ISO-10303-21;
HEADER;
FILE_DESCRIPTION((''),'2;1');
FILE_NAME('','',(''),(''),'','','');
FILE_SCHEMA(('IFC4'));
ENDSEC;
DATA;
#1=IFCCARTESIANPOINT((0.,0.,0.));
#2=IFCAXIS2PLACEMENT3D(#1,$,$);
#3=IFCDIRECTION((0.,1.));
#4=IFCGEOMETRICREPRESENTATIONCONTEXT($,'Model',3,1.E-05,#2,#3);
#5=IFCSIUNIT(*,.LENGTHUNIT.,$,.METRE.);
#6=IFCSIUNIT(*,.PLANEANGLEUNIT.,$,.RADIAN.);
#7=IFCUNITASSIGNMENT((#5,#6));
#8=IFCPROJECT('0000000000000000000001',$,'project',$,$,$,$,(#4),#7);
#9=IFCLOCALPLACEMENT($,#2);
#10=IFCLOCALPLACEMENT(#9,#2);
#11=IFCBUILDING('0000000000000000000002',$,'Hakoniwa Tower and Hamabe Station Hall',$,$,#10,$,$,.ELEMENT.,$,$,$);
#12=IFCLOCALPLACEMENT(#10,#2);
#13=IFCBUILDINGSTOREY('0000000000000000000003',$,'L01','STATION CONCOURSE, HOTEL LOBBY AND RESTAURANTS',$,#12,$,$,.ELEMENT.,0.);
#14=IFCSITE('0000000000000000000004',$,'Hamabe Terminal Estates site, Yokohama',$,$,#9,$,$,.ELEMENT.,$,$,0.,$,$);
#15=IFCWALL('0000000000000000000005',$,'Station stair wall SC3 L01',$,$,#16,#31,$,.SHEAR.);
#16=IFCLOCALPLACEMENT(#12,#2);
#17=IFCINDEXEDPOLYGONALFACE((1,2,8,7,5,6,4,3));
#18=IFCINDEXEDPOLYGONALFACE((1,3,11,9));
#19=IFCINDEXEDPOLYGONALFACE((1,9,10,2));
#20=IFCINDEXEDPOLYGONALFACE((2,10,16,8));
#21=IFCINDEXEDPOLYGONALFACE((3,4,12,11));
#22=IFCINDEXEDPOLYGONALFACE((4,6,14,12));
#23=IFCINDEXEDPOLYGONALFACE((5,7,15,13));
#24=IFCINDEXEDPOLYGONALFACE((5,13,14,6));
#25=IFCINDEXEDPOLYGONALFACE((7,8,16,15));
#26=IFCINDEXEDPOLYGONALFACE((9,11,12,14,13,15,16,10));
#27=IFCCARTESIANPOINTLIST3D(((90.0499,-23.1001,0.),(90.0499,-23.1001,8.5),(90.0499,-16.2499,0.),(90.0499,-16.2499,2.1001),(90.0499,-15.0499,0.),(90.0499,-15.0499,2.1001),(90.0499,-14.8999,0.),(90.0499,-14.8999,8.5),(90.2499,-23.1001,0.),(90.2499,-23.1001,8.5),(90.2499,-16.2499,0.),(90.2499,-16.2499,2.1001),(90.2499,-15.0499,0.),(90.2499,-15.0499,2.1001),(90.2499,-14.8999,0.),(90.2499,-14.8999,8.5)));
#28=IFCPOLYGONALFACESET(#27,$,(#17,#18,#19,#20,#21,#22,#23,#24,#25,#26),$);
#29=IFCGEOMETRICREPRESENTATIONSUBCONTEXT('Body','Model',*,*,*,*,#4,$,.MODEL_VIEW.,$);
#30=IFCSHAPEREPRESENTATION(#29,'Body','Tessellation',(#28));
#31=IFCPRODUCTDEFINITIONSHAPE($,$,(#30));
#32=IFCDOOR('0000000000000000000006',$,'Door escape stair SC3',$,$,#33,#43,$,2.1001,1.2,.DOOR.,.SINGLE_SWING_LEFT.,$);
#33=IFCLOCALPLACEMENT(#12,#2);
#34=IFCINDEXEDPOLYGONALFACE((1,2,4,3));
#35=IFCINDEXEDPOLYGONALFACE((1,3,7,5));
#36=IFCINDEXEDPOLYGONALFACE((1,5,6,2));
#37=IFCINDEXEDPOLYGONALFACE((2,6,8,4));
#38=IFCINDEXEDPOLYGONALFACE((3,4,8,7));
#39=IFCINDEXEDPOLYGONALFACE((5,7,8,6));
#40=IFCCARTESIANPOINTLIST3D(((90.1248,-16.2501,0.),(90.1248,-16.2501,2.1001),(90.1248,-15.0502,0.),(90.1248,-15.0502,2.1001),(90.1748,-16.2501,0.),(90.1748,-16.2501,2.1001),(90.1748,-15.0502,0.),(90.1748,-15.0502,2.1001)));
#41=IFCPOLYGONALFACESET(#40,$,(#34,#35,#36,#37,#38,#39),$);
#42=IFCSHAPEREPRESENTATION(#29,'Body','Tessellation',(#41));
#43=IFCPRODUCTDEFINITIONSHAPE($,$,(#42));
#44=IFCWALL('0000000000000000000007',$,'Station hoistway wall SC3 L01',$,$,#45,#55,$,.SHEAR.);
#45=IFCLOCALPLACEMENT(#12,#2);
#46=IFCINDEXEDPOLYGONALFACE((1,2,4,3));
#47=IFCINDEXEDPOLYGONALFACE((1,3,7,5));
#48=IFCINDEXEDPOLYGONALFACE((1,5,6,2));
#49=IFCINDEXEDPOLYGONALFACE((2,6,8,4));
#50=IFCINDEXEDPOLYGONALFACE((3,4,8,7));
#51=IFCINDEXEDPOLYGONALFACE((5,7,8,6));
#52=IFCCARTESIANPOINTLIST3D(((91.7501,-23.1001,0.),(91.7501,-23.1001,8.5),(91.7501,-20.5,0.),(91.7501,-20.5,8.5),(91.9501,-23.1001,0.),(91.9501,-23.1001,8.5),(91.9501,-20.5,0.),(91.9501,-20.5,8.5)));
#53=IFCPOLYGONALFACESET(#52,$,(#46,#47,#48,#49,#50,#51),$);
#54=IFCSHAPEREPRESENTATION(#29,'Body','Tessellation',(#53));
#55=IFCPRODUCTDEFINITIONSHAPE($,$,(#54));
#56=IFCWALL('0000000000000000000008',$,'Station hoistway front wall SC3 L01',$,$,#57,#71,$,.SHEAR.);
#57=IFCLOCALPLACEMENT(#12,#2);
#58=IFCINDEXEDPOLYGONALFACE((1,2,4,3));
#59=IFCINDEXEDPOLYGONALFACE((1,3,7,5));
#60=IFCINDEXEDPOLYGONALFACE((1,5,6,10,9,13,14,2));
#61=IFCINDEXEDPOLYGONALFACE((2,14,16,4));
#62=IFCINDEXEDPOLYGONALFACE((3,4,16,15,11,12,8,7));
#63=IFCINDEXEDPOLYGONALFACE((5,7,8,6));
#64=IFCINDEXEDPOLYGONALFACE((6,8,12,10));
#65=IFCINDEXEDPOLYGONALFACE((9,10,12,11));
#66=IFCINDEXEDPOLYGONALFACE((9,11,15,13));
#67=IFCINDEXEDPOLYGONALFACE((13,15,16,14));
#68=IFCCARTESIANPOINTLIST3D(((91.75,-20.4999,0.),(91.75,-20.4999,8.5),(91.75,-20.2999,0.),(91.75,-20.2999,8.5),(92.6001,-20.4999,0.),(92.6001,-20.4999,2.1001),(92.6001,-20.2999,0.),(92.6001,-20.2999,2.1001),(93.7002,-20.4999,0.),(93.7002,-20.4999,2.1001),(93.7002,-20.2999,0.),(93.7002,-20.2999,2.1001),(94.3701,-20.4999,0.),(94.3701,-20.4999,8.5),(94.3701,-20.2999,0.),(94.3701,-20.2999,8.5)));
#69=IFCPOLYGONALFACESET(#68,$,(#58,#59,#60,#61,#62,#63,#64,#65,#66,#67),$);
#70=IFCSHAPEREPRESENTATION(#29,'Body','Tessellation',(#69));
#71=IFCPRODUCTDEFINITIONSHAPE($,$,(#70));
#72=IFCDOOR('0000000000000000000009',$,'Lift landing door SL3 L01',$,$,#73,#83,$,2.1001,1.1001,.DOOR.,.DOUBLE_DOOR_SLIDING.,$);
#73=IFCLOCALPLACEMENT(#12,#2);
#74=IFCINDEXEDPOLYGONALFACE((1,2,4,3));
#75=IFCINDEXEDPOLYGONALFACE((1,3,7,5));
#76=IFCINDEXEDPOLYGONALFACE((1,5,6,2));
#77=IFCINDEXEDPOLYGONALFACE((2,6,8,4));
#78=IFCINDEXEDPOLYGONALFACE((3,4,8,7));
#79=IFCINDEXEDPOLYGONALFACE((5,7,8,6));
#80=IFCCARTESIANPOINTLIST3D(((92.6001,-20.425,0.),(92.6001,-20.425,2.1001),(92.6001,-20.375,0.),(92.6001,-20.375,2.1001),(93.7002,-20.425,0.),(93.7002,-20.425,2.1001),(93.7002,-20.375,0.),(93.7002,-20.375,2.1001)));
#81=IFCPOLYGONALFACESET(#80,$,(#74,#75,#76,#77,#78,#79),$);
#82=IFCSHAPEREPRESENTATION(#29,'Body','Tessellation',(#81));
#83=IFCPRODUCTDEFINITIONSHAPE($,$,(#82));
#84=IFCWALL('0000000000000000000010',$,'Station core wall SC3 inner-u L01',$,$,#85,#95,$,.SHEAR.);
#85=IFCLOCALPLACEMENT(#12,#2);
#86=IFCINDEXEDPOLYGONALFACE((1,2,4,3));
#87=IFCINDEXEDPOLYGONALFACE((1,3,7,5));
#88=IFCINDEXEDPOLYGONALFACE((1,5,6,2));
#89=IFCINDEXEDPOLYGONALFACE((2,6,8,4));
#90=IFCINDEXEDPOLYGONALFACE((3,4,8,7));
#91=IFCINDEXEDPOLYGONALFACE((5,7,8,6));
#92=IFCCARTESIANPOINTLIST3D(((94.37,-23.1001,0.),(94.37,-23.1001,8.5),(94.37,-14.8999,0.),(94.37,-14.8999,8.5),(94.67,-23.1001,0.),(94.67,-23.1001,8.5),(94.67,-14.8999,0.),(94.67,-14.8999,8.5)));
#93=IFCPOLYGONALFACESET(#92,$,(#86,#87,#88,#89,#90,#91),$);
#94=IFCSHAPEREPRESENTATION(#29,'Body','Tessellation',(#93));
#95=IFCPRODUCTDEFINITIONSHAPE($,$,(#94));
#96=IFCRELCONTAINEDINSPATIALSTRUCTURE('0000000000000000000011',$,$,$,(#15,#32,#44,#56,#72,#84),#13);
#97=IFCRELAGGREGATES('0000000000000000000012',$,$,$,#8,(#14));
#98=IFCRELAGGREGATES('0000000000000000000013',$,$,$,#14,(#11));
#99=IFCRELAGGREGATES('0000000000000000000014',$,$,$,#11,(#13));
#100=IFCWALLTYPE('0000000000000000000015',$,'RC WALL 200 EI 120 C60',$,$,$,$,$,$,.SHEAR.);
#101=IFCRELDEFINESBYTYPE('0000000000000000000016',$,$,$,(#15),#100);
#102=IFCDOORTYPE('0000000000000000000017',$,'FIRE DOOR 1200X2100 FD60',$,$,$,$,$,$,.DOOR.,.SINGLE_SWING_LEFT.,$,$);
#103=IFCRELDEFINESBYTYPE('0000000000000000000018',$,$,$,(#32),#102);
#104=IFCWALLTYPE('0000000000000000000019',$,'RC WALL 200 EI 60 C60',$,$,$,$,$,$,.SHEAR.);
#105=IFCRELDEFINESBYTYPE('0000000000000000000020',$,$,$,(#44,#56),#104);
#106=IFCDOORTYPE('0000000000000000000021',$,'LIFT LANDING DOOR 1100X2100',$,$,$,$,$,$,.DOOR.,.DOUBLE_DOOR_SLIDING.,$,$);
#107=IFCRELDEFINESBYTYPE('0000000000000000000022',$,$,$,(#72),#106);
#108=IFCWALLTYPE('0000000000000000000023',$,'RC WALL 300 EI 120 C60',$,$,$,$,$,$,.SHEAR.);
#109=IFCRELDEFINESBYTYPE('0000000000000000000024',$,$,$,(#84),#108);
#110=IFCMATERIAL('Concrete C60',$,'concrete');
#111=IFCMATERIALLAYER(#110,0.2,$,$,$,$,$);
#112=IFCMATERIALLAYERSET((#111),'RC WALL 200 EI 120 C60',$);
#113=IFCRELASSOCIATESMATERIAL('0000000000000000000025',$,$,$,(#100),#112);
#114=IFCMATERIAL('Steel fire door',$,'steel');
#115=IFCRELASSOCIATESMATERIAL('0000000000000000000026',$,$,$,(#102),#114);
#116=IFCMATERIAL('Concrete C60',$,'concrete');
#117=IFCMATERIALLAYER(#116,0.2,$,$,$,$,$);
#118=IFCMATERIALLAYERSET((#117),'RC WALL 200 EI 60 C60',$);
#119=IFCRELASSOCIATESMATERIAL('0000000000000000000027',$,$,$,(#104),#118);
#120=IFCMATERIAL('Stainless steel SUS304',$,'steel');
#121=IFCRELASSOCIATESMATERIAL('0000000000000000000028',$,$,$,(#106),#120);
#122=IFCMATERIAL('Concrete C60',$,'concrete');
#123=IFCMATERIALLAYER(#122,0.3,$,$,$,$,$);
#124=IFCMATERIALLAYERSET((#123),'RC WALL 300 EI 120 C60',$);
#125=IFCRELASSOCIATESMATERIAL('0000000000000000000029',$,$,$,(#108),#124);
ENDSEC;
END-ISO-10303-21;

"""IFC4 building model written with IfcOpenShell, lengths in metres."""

from ifc_helpers import new_model, si_unit, direction, frame, frame_2d, origin, place, context, subcontext, project, spatial, rectangle, extrude, material, layer, layer_set, type_object, element, fill, save


model = new_model("IFC4")

# Units and contexts
model_context = context("Model", 3, precision=1e-05, world=origin(), true_north=direction((0.0, 1.0)))
body_context = subcontext(model_context, "Body", "Model", "MODEL_VIEW")
ifc_project = project(units=[si_unit("LENGTHUNIT", "METRE"), si_unit("PLANEANGLEUNIT", "RADIAN")], contexts=[model_context])

# Site, building, storey
site_placement = place(None, origin())
site = spatial("IfcSite", under=ifc_project, at=site_placement, Name="Hamabe Terminal Estates site, Yokohama", CompositionType="ELEMENT", RefElevation=0.0)
building_placement = place(site_placement, origin())
building = spatial("IfcBuilding", under=site, at=building_placement, Name="Hakoniwa Tower and Hamabe Station Hall", CompositionType="ELEMENT")
storey_placement = place(building_placement, origin())
storey = spatial("IfcBuildingStorey", under=building, at=storey_placement, Name="L01", Description="STATION CONCOURSE, HOTEL LOBBY AND RESTAURANTS", CompositionType="ELEMENT", Elevation=0.0)

# Wall, opening, door
ifc_material_1 = material(Name="Concrete C60", Category="concrete")
ifc_layer_1 = layer(ifc_material_1, 0.2)
ifc_layer_set_1 = layer_set([ifc_layer_1], Name="RC WALL 200 EI 120 C60")
wall_type_1 = type_object("IfcWallType", Name="RC WALL 200 EI 120 C60", PredefinedType="SHEAR", material=ifc_layer_set_1)
wall_1_placement = place(storey_placement, frame((90.1499, -23.1001, 0.0), z_axis=(0.0, 0.0, 1.0), x_axis=(0.0, 1.0, 0.0)))
wall_1 = element("IfcWall", 1, at=wall_1_placement, inside=storey, type_object=wall_type_1, Name="Station stair wall SC3 L01", PredefinedType="SHEAR", context=body_context, shape_type="SweptSolid", body=[
    extrude(rectangle(XDim=8.2002, YDim=0.2, at=frame_2d((4.1001, 0.0))), origin(), (0.0, 0.0, 1.0), 8.5),
])
opening_1_placement = place(wall_1_placement, frame((6.8501, 0.0, 0.0)))
opening_1 = element("IfcOpeningElement", 2, at=opening_1_placement, cuts=wall_1, PredefinedType="OPENING", context=body_context, shape_type="SweptSolid", body=[
    extrude(rectangle(XDim=1.2, YDim=2.1001, at=frame_2d((0.6001, 1.05))), frame((0.0, 0.1099, 0.0), z_axis=(0.0, -1.0, 0.0), x_axis=(1.0, 0.0, 0.0)), (0.0, 0.0, 1.0), 0.22),
])
ifc_material_2 = material(Name="Steel fire door", Category="steel")
door_type_1 = type_object("IfcDoorType", Name="FIRE DOOR 1200X2100 FD60", OperationType="SINGLE_SWING_LEFT", PredefinedType="DOOR", material=ifc_material_2)
door_1_placement = place(opening_1_placement, frame((1.2, 0.0, 0.0), z_axis=(0.0, 0.0, 1.0), x_axis=(-1.0, 0.0, 0.0)))
door_1 = element("IfcDoor", 3, at=door_1_placement, inside=storey, type_object=door_type_1, Name="Door escape stair SC3", OperationType="SINGLE_SWING_LEFT", OverallHeight=2.1001, OverallWidth=1.2, PredefinedType="DOOR", context=body_context, shape_type="SweptSolid", body=[
    extrude(rectangle(XDim=1.2, YDim=2.1001, at=frame_2d((0.6001, 1.05))), frame((0.0, 0.0249, 0.0), z_axis=(0.0, -1.0, 0.0), x_axis=(1.0, 0.0, 0.0)), (0.0, 0.0, 1.0), 0.05),
])
fill(opening_1, door_1)

# Wall
ifc_material_3 = material(Name="Concrete C60", Category="concrete")
ifc_layer_2 = layer(ifc_material_3, 0.2)
ifc_layer_set_2 = layer_set([ifc_layer_2], Name="RC WALL 200 EI 60 C60")
wall_type_2 = type_object("IfcWallType", Name="RC WALL 200 EI 60 C60", PredefinedType="SHEAR", material=ifc_layer_set_2)
wall_2_placement = place(storey_placement, frame((91.8501, -23.1001, 0.0), z_axis=(0.0, 0.0, 1.0), x_axis=(0.0, 1.0, 0.0)))
element("IfcWall", 4, at=wall_2_placement, inside=storey, type_object=wall_type_2, Name="Station hoistway wall SC3 L01", PredefinedType="SHEAR", context=body_context, shape_type="SweptSolid", body=[
    extrude(rectangle(XDim=2.6001, YDim=0.2, at=frame_2d((1.3, 0.0))), origin(), (0.0, 0.0, 1.0), 8.5),
])

# Wall, opening, door
wall_3_placement = place(storey_placement, frame((91.75, -20.3999, 0.0), z_axis=(0.0, 0.0, 1.0), x_axis=(1.0, 0.0, 0.0)))
wall_3 = element("IfcWall", 5, at=wall_3_placement, inside=storey, type_object=wall_type_2, Name="Station hoistway front wall SC3 L01", PredefinedType="SHEAR", context=body_context, shape_type="SweptSolid", body=[
    extrude(rectangle(XDim=2.6201, YDim=0.2, at=frame_2d((1.3101, 0.0))), origin(), (0.0, 0.0, 1.0), 8.5),
])
opening_2_placement = place(wall_3_placement, frame((0.8501, 0.0, 0.0)))
opening_2 = element("IfcOpeningElement", 6, at=opening_2_placement, cuts=wall_3, PredefinedType="OPENING", context=body_context, shape_type="SweptSolid", body=[
    extrude(rectangle(XDim=1.1001, YDim=2.1001, at=frame_2d((0.55, 1.05))), frame((0.0, 0.1099, 0.0), z_axis=(0.0, -1.0, 0.0), x_axis=(1.0, 0.0, 0.0)), (0.0, 0.0, 1.0), 0.22),
])
ifc_material_4 = material(Name="Stainless steel SUS304", Category="steel")
door_type_2 = type_object("IfcDoorType", Name="LIFT LANDING DOOR 1100X2100", OperationType="DOUBLE_DOOR_SLIDING", PredefinedType="DOOR", material=ifc_material_4)
door_2_placement = place(opening_2_placement, origin())
door_2 = element("IfcDoor", 7, at=door_2_placement, inside=storey, type_object=door_type_2, Name="Lift landing door SL3 L01", OperationType="DOUBLE_DOOR_SLIDING", OverallHeight=2.1001, OverallWidth=1.1001, PredefinedType="DOOR", context=body_context, shape_type="SweptSolid", body=[
    extrude(rectangle(XDim=1.1001, YDim=2.1001, at=frame_2d((0.55, 1.05))), frame((0.0, 0.0249, 0.0), z_axis=(0.0, -1.0, 0.0), x_axis=(1.0, 0.0, 0.0)), (0.0, 0.0, 1.0), 0.05),
])
fill(opening_2, door_2)

# Wall
ifc_material_5 = material(Name="Concrete C60", Category="concrete")
ifc_layer_3 = layer(ifc_material_5, 0.3)
ifc_layer_set_3 = layer_set([ifc_layer_3], Name="RC WALL 300 EI 120 C60")
wall_type_3 = type_object("IfcWallType", Name="RC WALL 300 EI 120 C60", PredefinedType="SHEAR", material=ifc_layer_set_3)
wall_4_placement = place(storey_placement, frame((94.52, -23.1001, 0.0), z_axis=(0.0, 0.0, 1.0), x_axis=(0.0, 1.0, 0.0)))
element("IfcWall", 8, at=wall_4_placement, inside=storey, type_object=wall_type_3, Name="Station core wall SC3 inner-u L01", PredefinedType="SHEAR", context=body_context, shape_type="SweptSolid", body=[
    extrude(rectangle(XDim=8.2002, YDim=0.3, at=frame_2d((4.1001, 0.0))), origin(), (0.0, 0.0, 1.0), 8.5),
])

save(model, "model.ifc")
